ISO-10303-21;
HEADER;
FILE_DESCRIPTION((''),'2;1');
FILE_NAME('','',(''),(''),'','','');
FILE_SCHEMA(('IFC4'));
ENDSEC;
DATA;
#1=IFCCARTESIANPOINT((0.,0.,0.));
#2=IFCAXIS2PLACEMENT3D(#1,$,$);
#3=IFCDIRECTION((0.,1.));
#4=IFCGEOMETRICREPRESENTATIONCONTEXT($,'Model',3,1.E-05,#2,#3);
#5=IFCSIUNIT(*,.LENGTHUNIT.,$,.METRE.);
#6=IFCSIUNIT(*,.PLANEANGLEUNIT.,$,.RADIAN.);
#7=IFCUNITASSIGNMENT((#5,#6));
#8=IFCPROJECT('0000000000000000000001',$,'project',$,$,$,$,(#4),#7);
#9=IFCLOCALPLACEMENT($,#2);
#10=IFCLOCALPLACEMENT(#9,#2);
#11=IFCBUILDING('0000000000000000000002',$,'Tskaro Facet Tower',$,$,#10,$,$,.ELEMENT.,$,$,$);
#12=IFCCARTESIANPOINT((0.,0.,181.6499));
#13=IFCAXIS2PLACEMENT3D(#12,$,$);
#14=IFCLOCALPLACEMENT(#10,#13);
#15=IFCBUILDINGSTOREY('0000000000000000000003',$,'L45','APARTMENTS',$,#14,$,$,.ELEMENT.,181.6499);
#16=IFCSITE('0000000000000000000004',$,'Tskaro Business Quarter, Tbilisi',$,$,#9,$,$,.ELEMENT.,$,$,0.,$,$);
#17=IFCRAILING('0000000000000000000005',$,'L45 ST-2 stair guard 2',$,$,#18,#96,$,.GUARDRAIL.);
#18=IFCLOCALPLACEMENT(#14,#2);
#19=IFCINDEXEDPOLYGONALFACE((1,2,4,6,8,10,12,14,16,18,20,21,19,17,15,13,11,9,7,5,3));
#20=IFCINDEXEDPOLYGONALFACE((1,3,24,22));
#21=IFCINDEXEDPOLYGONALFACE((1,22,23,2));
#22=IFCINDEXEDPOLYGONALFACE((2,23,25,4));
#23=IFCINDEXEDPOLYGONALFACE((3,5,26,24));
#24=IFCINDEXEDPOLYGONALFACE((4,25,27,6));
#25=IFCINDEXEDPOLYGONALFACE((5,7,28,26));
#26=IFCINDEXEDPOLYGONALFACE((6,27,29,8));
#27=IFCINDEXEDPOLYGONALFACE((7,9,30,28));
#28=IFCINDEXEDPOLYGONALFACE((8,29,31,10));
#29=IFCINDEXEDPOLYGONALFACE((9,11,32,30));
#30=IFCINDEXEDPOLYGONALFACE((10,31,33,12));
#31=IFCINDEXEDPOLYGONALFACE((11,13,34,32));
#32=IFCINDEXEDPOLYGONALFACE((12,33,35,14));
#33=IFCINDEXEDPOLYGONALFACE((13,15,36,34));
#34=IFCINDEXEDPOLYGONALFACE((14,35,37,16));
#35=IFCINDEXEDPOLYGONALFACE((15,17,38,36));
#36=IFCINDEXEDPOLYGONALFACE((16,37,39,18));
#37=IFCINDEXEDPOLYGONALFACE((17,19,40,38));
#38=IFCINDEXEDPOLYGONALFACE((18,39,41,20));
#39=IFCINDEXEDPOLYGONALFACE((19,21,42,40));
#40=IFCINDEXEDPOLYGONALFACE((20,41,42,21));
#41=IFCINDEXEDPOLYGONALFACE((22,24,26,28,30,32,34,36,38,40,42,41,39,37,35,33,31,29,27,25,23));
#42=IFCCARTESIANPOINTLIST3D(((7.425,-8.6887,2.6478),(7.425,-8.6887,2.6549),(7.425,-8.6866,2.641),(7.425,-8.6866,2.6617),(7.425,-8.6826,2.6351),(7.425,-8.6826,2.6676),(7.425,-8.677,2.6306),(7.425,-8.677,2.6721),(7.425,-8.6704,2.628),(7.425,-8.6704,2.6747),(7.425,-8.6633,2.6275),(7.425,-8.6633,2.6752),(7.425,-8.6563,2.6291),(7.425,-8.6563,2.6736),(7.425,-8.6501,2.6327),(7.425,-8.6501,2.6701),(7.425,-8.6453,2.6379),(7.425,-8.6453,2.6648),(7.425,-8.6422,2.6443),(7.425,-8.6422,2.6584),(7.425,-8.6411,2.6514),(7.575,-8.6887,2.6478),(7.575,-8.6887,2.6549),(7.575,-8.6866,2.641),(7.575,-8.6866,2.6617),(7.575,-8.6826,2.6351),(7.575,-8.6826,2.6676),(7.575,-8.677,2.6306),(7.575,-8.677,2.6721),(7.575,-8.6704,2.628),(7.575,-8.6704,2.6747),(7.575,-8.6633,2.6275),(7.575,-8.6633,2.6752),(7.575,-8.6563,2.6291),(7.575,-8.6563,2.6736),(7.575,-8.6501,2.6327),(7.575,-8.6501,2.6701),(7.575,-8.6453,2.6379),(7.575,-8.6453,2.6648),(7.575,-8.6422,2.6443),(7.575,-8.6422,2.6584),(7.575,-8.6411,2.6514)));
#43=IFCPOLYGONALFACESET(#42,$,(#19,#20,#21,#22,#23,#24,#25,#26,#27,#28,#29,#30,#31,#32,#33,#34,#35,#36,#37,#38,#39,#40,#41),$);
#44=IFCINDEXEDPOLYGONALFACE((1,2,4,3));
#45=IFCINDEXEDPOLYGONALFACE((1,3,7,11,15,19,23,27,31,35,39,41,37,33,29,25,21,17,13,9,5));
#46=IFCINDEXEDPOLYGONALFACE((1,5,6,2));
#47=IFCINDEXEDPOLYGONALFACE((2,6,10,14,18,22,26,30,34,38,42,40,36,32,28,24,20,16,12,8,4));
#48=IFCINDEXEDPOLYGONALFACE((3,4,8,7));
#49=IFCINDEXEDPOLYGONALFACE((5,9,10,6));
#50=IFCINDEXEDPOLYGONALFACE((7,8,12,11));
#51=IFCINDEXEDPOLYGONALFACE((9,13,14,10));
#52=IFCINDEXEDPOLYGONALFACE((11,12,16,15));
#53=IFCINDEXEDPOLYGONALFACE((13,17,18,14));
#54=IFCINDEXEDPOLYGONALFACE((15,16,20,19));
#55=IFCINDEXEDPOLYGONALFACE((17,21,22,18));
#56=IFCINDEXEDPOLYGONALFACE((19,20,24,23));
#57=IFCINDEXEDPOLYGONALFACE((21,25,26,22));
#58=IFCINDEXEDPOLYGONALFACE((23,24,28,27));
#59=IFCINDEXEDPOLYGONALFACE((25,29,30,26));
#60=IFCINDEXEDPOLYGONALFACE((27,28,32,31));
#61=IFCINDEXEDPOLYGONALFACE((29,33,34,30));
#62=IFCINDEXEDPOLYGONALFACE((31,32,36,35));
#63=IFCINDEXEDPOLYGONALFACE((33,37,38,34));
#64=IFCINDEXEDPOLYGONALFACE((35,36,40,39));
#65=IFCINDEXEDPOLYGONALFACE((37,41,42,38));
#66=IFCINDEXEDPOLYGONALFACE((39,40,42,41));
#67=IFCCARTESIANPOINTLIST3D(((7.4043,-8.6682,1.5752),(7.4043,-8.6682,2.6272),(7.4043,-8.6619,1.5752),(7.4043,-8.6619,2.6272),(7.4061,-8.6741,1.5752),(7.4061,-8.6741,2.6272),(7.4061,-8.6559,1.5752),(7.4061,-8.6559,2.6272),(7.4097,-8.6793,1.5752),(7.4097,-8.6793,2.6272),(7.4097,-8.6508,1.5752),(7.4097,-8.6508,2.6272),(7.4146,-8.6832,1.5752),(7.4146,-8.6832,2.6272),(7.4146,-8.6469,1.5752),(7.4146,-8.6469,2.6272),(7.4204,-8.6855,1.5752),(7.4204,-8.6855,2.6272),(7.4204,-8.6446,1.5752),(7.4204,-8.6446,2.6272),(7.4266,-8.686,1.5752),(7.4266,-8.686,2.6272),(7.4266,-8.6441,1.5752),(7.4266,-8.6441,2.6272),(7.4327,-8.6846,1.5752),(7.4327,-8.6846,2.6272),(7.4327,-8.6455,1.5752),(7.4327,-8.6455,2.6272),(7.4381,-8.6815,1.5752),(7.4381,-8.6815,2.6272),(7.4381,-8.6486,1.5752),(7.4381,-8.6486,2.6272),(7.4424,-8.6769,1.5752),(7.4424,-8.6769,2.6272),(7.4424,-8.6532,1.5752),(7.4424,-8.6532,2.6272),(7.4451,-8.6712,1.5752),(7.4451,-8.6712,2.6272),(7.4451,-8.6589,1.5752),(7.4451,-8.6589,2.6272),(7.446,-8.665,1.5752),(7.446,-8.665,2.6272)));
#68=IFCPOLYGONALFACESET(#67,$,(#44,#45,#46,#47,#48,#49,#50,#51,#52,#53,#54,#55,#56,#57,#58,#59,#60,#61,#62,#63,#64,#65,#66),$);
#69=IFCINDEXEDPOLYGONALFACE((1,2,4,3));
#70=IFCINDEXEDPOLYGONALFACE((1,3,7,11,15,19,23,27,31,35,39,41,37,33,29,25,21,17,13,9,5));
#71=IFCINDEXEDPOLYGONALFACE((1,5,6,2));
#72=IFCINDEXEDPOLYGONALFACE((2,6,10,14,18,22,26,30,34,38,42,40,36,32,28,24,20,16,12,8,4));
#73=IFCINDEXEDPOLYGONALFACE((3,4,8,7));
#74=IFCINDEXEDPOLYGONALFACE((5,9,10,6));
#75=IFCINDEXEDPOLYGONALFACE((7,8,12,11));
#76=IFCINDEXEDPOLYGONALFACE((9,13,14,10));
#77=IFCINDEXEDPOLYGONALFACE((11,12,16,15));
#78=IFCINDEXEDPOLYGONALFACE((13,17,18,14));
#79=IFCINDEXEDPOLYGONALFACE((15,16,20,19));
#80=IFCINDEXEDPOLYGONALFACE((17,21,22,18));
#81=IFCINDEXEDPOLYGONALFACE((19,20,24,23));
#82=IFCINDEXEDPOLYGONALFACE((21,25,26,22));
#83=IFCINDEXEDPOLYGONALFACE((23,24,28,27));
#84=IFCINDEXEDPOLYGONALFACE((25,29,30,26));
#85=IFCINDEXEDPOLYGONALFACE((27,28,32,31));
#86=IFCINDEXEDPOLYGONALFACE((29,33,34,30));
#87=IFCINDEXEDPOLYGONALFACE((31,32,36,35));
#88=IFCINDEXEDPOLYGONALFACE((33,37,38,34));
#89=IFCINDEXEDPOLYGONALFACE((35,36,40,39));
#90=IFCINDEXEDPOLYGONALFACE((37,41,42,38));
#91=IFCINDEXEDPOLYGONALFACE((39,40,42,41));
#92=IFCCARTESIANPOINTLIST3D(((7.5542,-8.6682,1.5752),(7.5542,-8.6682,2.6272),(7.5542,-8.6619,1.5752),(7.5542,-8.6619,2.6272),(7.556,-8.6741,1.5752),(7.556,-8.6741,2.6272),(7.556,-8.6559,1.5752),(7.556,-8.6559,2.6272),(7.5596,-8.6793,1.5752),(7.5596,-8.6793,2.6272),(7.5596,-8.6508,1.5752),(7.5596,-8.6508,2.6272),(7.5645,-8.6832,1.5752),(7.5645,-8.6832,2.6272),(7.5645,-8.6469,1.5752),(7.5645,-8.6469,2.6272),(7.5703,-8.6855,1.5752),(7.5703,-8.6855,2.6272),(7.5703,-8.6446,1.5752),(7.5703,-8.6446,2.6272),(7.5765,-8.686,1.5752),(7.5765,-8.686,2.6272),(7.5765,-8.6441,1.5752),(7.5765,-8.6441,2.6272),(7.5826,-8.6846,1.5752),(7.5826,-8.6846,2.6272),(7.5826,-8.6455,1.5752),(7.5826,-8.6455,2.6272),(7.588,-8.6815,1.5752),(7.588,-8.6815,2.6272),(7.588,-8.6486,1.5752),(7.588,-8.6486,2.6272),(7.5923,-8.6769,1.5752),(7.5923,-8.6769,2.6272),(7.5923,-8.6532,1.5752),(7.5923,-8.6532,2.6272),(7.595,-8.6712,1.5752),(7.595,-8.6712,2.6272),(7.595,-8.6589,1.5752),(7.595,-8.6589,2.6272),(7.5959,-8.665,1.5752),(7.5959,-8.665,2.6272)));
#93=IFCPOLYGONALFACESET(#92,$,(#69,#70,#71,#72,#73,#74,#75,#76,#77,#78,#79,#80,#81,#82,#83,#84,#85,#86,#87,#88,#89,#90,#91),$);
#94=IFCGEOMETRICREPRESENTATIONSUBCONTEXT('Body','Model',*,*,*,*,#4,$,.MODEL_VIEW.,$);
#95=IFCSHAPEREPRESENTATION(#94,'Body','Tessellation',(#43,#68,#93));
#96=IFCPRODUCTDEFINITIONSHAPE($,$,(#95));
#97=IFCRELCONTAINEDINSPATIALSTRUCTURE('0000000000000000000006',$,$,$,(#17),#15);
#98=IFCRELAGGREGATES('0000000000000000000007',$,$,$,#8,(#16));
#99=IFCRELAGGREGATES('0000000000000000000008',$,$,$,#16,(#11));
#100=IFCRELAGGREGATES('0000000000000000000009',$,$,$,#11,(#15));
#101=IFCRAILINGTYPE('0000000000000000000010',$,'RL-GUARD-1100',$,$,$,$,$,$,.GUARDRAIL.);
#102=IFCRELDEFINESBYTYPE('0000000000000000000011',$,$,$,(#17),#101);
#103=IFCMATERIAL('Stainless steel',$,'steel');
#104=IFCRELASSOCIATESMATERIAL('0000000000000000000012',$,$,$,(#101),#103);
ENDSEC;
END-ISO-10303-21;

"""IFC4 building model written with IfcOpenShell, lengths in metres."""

from ifc_helpers import new_model, si_unit, direction, frame, origin, origin_2d, place, context, subcontext, project, spatial, circle, extrude, material, type_object, element, save


model = new_model("IFC4")

# Units and contexts
model_context = context("Model", 3, precision=1e-05, world=origin(), true_north=direction((0.0, 1.0)))
body_context = subcontext(model_context, "Body", "Model", "MODEL_VIEW")
ifc_project = project(units=[si_unit("LENGTHUNIT", "METRE"), si_unit("PLANEANGLEUNIT", "RADIAN")], contexts=[model_context])

# Site, building, storey
site_placement = place(None, origin())
site = spatial("IfcSite", under=ifc_project, at=site_placement, Name="Tskaro Business Quarter, Tbilisi", CompositionType="ELEMENT", RefElevation=0.0)
building_placement = place(site_placement, origin())
building = spatial("IfcBuilding", under=site, at=building_placement, Name="Tskaro Facet Tower", CompositionType="ELEMENT")
storey_placement = place(building_placement, frame((0.0, 0.0, 181.6499)))
storey = spatial("IfcBuildingStorey", under=building, at=storey_placement, Name="L45", Description="APARTMENTS", CompositionType="ELEMENT", Elevation=181.6499)

# Shared definitions
ifc_material_1 = material(Name="Stainless steel", Category="steel")

# Railing
railing_type_1 = type_object("IfcRailingType", Name="RL-GUARD-1100", PredefinedType="GUARDRAIL", material=ifc_material_1)
railing_1_placement = place(storey_placement, frame((7.425, -8.665, 1.5752)))
element("IfcRailing", 1, at=railing_1_placement, inside=storey, type_object=railing_type_1, Name="L45 ST-2 stair guard 2", PredefinedType="GUARDRAIL", context=body_context, shape_type="SweptSolid", body=[
    extrude(circle(Radius=0.0239, at=origin_2d()), frame((0.0, 0.0, 1.0762), z_axis=(1.0, 0.0, 0.0), x_axis=(0.0, 1.0, 0.0)), (0.0, 0.0, 1.0), 0.1499),
    extrude(circle(Radius=0.021, at=origin_2d()), origin(), (0.0, 0.0, 1.0), 1.052),
    extrude(circle(Radius=0.021, at=origin_2d()), frame((0.1499, 0.0, 0.0)), (0.0, 0.0, 1.0), 1.052),
])

save(model, "model.ifc")
